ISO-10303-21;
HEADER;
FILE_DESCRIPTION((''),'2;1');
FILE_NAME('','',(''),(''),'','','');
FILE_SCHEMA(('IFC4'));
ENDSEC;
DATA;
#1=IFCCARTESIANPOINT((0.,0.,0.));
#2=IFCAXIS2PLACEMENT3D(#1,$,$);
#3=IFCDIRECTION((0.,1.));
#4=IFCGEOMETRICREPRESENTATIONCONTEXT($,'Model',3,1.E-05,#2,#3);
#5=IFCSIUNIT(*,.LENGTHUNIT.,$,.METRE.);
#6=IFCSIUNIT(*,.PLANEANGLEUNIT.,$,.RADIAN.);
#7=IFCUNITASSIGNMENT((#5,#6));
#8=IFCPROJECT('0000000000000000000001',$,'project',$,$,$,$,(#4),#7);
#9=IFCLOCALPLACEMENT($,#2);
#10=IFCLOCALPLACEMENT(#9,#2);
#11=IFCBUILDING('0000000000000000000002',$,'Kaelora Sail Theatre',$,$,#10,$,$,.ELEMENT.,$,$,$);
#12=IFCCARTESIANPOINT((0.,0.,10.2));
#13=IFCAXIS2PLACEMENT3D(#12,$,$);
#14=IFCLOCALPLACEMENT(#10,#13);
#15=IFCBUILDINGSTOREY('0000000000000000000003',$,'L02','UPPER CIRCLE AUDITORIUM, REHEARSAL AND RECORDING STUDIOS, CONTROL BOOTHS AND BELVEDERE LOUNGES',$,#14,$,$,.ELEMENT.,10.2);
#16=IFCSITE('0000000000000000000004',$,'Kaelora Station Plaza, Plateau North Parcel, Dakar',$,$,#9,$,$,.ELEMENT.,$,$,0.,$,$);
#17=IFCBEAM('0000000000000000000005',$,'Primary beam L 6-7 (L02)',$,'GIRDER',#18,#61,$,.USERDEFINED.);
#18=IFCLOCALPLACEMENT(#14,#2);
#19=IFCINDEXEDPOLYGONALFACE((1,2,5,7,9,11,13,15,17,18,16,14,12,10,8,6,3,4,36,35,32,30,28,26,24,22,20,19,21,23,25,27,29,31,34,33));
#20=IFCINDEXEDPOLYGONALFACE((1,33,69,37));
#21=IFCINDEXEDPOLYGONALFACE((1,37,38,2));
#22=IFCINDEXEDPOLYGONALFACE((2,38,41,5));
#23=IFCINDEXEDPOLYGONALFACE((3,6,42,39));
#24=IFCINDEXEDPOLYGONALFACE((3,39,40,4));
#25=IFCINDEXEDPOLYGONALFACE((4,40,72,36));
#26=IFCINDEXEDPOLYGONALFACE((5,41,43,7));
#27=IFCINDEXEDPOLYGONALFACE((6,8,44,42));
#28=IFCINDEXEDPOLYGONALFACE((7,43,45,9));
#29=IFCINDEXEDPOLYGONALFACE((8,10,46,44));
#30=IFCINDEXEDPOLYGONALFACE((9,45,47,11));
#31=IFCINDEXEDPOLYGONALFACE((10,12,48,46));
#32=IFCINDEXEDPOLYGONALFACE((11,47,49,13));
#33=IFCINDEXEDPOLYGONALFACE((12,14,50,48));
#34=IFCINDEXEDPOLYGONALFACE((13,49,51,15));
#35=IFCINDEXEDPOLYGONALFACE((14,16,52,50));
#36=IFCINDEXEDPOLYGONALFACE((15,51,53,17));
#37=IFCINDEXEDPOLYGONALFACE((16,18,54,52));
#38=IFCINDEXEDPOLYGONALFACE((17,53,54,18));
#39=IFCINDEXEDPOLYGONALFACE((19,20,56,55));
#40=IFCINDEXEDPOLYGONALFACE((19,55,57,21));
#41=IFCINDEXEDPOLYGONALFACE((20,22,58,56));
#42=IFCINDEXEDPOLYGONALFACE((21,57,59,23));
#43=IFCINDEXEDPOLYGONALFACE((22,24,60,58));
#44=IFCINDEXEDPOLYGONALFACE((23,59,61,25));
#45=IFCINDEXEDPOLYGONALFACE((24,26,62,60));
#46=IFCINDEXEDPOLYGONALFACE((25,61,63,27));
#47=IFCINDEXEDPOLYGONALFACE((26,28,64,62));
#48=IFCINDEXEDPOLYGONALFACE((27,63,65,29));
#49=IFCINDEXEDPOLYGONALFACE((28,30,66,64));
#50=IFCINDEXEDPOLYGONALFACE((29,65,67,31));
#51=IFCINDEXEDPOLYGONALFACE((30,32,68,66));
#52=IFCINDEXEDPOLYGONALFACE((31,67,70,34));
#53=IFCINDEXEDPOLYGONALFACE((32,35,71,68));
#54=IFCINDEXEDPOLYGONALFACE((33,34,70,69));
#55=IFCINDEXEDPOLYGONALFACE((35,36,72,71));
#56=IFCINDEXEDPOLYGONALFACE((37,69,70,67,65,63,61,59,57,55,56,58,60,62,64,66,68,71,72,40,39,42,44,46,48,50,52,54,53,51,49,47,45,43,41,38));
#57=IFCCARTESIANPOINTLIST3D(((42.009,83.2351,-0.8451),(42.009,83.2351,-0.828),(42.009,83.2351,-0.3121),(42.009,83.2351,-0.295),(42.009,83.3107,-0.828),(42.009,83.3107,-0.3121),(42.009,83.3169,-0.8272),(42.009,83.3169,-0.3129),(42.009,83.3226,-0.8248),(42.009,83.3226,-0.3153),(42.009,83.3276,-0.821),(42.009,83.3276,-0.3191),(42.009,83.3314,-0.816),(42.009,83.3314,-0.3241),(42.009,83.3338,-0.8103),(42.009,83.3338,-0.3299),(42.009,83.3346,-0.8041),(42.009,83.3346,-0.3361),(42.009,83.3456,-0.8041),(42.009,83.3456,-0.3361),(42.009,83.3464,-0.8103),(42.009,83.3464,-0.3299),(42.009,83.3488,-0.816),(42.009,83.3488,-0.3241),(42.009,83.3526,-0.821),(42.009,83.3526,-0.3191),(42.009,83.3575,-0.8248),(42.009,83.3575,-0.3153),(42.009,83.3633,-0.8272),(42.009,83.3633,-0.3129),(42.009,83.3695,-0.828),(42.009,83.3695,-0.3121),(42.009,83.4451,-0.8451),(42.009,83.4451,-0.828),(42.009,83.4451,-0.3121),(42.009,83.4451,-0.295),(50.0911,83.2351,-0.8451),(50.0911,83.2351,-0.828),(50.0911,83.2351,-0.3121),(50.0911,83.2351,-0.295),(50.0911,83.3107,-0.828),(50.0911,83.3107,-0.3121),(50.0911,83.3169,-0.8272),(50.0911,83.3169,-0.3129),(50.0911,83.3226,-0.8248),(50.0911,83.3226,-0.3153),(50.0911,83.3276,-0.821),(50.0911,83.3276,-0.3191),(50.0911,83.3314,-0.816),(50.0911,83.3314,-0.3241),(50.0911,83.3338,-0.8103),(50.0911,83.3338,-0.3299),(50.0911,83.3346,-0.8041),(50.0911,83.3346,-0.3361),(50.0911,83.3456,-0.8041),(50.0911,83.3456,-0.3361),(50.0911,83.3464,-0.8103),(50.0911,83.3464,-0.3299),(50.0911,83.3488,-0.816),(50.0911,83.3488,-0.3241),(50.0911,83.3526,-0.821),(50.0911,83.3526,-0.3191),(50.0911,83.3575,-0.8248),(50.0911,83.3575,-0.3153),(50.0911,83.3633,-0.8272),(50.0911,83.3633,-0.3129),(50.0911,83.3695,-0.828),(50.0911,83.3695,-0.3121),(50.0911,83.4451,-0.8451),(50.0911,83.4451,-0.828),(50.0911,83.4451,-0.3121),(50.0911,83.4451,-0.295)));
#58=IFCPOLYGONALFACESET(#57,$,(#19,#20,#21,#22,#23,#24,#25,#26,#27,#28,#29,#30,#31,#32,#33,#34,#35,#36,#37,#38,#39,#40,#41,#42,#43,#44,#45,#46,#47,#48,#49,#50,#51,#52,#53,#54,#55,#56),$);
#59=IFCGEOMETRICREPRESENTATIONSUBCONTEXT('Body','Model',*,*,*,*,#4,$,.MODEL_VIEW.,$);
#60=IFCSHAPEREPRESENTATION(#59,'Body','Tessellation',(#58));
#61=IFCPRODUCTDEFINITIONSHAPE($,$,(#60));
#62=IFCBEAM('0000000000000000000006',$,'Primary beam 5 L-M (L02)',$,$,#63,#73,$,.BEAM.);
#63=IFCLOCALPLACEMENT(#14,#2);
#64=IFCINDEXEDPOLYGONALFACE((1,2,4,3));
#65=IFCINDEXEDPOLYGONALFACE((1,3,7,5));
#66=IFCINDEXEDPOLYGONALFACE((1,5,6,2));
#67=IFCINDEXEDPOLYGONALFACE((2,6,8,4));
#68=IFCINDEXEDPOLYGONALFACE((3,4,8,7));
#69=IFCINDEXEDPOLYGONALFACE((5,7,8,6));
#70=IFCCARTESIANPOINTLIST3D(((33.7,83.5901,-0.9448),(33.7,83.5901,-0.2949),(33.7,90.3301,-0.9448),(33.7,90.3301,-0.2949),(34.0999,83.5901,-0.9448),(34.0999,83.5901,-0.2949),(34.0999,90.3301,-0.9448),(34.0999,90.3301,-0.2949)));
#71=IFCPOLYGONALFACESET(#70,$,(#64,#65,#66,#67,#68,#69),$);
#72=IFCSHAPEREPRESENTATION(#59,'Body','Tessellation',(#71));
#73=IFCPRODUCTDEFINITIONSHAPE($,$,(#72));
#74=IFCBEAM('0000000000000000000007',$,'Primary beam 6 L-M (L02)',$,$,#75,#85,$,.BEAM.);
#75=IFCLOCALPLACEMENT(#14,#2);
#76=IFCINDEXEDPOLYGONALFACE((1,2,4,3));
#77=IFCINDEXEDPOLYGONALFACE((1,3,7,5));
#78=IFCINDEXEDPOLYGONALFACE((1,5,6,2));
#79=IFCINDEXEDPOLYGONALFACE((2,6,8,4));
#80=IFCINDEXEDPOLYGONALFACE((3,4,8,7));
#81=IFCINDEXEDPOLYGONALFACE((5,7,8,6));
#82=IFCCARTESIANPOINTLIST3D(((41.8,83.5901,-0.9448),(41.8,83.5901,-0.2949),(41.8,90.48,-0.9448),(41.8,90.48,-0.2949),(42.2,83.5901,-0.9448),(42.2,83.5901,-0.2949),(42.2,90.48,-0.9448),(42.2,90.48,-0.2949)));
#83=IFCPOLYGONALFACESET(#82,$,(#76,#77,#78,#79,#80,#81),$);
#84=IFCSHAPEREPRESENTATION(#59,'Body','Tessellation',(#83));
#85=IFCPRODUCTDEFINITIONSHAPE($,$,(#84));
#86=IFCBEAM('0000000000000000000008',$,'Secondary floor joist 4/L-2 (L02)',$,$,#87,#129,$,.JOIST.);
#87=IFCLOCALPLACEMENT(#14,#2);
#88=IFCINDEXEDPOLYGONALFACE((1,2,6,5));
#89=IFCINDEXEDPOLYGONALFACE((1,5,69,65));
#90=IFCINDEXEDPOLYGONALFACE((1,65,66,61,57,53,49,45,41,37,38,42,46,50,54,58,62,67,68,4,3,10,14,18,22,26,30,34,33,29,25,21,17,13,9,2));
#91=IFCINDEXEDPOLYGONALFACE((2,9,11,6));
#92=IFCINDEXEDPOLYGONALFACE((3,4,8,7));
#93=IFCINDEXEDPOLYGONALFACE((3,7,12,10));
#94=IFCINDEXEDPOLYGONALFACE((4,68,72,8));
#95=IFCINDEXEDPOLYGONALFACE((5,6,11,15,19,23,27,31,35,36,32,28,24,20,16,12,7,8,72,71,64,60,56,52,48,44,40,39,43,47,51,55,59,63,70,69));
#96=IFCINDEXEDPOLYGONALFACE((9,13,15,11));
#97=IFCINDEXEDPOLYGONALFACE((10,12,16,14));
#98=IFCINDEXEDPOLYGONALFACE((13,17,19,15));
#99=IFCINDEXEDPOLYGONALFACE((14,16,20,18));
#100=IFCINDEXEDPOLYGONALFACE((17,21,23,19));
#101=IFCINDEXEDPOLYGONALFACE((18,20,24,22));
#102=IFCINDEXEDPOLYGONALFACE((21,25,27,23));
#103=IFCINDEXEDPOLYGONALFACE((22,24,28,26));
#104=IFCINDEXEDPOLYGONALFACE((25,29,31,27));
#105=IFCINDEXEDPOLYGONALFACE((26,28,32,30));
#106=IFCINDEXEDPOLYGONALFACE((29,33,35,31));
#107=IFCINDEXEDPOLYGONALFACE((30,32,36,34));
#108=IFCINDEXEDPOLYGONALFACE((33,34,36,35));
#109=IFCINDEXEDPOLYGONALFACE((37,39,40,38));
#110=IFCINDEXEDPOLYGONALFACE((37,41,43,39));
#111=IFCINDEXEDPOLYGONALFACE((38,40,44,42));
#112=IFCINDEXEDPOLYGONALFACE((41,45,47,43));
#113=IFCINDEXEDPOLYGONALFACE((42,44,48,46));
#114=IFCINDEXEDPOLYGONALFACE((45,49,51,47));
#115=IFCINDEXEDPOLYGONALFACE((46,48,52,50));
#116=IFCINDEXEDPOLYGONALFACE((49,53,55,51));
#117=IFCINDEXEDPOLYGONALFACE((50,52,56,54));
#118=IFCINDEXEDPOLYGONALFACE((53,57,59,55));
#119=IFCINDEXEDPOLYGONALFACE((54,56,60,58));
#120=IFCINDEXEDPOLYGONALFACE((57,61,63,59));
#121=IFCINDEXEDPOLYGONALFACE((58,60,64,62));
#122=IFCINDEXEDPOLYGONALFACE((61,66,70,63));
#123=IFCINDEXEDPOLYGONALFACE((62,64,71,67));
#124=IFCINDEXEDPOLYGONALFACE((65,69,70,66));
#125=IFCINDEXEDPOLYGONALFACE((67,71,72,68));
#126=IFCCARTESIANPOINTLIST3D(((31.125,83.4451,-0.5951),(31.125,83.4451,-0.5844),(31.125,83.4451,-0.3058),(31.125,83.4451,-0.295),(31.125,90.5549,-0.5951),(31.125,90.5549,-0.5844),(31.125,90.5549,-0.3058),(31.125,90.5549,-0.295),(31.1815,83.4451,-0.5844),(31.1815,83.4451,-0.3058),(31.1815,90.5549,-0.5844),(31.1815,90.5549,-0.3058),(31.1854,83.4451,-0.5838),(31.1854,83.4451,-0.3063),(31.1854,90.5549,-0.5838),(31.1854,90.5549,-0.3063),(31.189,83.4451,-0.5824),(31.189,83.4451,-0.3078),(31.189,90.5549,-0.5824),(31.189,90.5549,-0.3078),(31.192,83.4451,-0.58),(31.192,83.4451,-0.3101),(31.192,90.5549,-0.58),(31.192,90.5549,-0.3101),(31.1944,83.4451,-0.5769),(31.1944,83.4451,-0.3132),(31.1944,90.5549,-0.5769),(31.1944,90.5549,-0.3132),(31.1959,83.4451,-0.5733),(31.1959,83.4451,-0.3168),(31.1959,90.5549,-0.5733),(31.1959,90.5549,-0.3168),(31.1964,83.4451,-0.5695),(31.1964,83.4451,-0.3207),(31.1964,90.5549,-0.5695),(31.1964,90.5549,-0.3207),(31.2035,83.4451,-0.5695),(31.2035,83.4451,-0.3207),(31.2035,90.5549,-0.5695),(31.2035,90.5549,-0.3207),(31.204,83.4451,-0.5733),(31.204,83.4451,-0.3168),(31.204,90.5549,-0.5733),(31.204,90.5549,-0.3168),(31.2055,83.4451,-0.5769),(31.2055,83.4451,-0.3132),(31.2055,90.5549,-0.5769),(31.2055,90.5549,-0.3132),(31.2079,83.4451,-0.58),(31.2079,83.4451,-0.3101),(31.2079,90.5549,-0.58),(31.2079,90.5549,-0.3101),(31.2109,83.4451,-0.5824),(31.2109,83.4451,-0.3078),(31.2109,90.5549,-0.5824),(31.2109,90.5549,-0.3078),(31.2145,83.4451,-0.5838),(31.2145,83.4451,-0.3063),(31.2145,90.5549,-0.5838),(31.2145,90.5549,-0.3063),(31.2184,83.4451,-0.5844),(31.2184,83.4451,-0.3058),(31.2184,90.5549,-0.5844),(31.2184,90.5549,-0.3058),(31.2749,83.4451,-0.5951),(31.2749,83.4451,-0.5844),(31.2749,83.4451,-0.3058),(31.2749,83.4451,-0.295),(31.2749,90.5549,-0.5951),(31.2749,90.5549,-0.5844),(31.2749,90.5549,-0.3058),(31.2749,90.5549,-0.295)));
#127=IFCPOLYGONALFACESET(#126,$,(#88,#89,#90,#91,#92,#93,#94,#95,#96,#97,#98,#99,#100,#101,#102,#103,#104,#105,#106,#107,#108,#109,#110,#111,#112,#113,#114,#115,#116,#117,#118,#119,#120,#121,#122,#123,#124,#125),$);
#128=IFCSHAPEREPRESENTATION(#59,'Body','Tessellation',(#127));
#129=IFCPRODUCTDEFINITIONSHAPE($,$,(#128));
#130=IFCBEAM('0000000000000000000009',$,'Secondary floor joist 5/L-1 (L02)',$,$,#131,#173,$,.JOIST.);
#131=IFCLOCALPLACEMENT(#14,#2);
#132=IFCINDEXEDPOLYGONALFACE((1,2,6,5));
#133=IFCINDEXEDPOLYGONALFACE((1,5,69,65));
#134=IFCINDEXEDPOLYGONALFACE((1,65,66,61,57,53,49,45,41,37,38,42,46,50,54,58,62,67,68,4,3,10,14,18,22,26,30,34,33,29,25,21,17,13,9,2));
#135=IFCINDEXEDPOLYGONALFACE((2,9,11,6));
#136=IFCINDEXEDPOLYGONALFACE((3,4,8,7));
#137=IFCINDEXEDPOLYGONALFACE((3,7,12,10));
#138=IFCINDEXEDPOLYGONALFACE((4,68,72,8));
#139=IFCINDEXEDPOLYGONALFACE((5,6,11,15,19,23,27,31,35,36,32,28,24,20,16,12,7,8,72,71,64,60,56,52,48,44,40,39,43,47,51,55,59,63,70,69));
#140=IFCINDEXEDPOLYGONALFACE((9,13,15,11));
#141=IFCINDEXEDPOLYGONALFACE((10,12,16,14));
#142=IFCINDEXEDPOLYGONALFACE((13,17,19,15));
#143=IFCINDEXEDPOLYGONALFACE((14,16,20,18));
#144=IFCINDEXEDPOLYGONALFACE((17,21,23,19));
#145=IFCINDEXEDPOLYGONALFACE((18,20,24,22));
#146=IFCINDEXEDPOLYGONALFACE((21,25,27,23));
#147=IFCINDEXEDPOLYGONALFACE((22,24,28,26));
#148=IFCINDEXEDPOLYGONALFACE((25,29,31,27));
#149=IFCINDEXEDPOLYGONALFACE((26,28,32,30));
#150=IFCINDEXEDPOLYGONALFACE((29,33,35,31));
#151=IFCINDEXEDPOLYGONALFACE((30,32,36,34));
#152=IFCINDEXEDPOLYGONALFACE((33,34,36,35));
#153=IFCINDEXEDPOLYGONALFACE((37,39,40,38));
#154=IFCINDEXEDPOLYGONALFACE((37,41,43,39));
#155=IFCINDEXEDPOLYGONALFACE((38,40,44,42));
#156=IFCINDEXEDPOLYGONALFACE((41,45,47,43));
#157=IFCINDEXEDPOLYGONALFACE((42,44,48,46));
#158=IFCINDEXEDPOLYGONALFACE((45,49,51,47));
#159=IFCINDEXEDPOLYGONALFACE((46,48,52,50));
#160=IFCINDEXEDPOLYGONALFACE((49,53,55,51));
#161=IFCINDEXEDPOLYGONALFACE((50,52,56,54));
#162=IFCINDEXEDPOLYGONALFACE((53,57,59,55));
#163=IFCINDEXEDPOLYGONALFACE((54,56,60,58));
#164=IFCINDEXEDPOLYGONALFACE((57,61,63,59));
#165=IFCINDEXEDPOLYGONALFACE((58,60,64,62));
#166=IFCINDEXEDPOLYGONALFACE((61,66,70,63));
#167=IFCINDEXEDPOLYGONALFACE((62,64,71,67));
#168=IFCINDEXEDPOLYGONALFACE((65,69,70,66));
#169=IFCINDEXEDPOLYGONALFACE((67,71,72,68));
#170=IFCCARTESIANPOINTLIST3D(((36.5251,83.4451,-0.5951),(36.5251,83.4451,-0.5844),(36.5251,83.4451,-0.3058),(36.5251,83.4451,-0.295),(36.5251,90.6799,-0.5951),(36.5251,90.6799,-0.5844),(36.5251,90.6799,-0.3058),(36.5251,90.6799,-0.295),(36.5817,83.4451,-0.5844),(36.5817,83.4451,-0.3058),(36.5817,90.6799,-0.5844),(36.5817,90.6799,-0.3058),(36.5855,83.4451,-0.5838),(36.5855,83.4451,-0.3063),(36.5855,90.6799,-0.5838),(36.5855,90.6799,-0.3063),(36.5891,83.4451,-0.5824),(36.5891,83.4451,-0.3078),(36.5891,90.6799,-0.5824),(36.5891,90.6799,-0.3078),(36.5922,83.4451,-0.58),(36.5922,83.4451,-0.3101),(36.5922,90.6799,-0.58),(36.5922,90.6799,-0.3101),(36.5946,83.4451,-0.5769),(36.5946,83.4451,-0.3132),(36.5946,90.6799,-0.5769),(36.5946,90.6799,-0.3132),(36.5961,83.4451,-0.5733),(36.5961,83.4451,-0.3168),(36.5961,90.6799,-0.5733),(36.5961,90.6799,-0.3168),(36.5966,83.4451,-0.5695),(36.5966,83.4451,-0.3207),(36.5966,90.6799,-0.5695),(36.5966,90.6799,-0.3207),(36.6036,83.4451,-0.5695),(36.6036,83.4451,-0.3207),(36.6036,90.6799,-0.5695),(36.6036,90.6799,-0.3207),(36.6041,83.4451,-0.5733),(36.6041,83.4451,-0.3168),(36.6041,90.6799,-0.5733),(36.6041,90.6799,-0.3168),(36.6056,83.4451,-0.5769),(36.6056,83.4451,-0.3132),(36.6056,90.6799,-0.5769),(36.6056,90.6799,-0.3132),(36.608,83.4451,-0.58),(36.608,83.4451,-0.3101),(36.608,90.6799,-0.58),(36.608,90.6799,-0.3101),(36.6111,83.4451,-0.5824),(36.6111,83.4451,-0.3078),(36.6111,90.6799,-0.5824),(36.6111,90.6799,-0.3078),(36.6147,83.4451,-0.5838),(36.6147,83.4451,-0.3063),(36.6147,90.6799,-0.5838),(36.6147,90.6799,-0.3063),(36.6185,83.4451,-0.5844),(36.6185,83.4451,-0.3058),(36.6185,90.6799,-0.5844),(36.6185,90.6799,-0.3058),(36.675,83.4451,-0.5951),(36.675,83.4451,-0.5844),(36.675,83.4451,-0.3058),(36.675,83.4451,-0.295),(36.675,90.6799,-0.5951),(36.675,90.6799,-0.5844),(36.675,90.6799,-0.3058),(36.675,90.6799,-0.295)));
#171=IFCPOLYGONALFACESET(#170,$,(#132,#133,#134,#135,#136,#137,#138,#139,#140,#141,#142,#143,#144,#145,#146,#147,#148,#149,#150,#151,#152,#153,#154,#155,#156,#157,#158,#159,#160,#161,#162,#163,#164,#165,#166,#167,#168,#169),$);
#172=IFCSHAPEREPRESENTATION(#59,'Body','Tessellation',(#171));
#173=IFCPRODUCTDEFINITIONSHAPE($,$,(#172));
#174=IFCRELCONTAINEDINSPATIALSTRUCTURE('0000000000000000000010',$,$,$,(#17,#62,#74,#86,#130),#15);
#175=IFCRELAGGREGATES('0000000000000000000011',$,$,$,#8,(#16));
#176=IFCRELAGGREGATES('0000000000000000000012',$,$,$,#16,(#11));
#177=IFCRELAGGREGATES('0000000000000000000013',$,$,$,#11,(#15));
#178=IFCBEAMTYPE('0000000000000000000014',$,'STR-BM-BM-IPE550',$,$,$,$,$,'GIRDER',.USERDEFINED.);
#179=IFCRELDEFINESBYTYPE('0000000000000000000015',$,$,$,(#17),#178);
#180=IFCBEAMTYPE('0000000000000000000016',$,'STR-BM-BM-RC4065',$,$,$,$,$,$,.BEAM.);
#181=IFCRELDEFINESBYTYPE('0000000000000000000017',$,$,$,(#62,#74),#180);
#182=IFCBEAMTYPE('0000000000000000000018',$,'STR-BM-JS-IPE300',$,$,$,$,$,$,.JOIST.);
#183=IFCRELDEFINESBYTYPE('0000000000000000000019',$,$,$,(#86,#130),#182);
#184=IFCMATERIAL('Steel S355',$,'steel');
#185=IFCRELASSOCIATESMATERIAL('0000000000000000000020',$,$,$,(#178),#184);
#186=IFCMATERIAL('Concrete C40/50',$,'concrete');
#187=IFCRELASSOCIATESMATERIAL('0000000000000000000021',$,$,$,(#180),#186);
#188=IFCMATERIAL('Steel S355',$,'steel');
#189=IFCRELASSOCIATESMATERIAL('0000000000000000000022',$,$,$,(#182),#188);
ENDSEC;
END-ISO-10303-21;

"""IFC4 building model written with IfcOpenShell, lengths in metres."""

from ifc_helpers import new_model, si_unit, direction, frame, origin, origin_2d, place, context, subcontext, project, spatial, rectangle, i_section, extrude, material, material_profile, profile_set, type_object, element, save


model = new_model("IFC4")

# Units and contexts
model_context = context("Model", 3, precision=1e-05, world=origin(), true_north=direction((0.0, 1.0)))
body_context = subcontext(model_context, "Body", "Model", "MODEL_VIEW")
ifc_project = project(units=[si_unit("LENGTHUNIT", "METRE"), si_unit("PLANEANGLEUNIT", "RADIAN")], contexts=[model_context])

# Site, building, storey
site_placement = place(None, origin())
site = spatial("IfcSite", under=ifc_project, at=site_placement, Name="Kaelora Station Plaza, Plateau North Parcel, Dakar", CompositionType="ELEMENT", RefElevation=0.0)
building_placement = place(site_placement, origin())
building = spatial("IfcBuilding", under=site, at=building_placement, Name="Kaelora Sail Theatre", CompositionType="ELEMENT")
storey_placement = place(building_placement, frame((0.0, 0.0, 10.2)))
storey = spatial("IfcBuildingStorey", under=building, at=storey_placement, Name="L02", Description="UPPER CIRCLE AUDITORIUM, REHEARSAL AND RECORDING STUDIOS, CONTROL BOOTHS AND BELVEDERE LOUNGES", CompositionType="ELEMENT", Elevation=10.2)

# Beams
ifc_material_1 = material(Name="Steel S355", Category="steel")
ifc_material_profile_1 = material_profile(ifc_material_1, i_section(OverallWidth=0.21, OverallDepth=0.55, WebThickness=0.011, FlangeThickness=0.0171, FilletRadius=0.0239, at=origin_2d()), Name="IPE 550")
ifc_profile_set_1 = profile_set([ifc_material_profile_1], Name="Steel S355")
beam_type_1 = type_object("IfcBeamType", Name="STR-BM-BM-IPE550", ElementType="GIRDER", PredefinedType="USERDEFINED", material=ifc_profile_set_1)
for number, where, z_axis, x_axis, name in (
    (1, (42.009, 83.3401, -0.5701), (1.0, 0.0, 0.0), (0.0, 1.0, 0.0), "Primary beam L 6-7 (L02)"),
):
    element("IfcBeam", number, at=place(storey_placement, frame(where, z_axis=z_axis, x_axis=x_axis)), inside=storey, type_object=beam_type_1, Name=name, ObjectType="GIRDER", PredefinedType="USERDEFINED", context=body_context, shape_type="SweptSolid", body=[
        extrude(i_section(OverallWidth=0.21, OverallDepth=0.55, WebThickness=0.011, FlangeThickness=0.0171, FilletRadius=0.0239, at=origin_2d()), origin(), (0.0, 0.0, 1.0), 8.082),
    ])
ifc_material_2 = material(Name="Concrete C40/50", Category="concrete")
ifc_material_profile_2 = material_profile(ifc_material_2, rectangle(XDim=0.3999, YDim=0.6499, at=origin_2d()), Name="RC-BM 400x650")
ifc_profile_set_2 = profile_set([ifc_material_profile_2], Name="Concrete C40/50")
beam_type_2 = type_object("IfcBeamType", Name="STR-BM-BM-RC4065", PredefinedType="BEAM", material=ifc_profile_set_2)
beam_1_placement = place(storey_placement, frame((33.8999, 83.5901, -0.6199), z_axis=(0.0, 1.0, 0.0), x_axis=(-1.0, 0.0, 0.0)))
element("IfcBeam", 2, at=beam_1_placement, inside=storey, type_object=beam_type_2, Name="Primary beam 5 L-M (L02)", PredefinedType="BEAM", context=body_context, shape_type="SweptSolid", body=[
    extrude(rectangle(XDim=0.3999, YDim=0.6499, at=origin_2d()), origin(), (0.0, 0.0, 1.0), 6.74),
])
beam_2_placement = place(storey_placement, frame((42.0, 83.5901, -0.6199), z_axis=(0.0, 1.0, 0.0), x_axis=(-1.0, 0.0, 0.0)))
element("IfcBeam", 3, at=beam_2_placement, inside=storey, type_object=beam_type_2, Name="Primary beam 6 L-M (L02)", PredefinedType="BEAM", context=body_context, shape_type="SweptSolid", body=[
    extrude(rectangle(XDim=0.3999, YDim=0.6499, at=origin_2d()), origin(), (0.0, 0.0, 1.0), 6.8899),
])
ifc_material_3 = material(Name="Steel S355", Category="steel")
ifc_material_profile_3 = material_profile(ifc_material_3, i_section(OverallWidth=0.1499, OverallDepth=0.3, WebThickness=0.0071, FlangeThickness=0.0107, FilletRadius=0.0149, at=origin_2d()), Name="IPE 300")
ifc_profile_set_3 = profile_set([ifc_material_profile_3], Name="Steel S355")
beam_type_3 = type_object("IfcBeamType", Name="STR-BM-JS-IPE300", PredefinedType="JOIST", material=ifc_profile_set_3)
beam_3_placement = place(storey_placement, frame((31.2, 83.4451, -0.4451), z_axis=(0.0, 1.0, 0.0), x_axis=(-1.0, 0.0, 0.0)))
element("IfcBeam", 4, at=beam_3_placement, inside=storey, type_object=beam_type_3, Name="Secondary floor joist 4/L-2 (L02)", PredefinedType="JOIST", context=body_context, shape_type="SweptSolid", body=[
    extrude(i_section(OverallWidth=0.1499, OverallDepth=0.3, WebThickness=0.0071, FlangeThickness=0.0107, FilletRadius=0.0149, at=origin_2d()), origin(), (0.0, 0.0, 1.0), 7.1099),
])
beam_4_placement = place(storey_placement, frame((36.6001, 83.4451, -0.4451), z_axis=(0.0, 1.0, 0.0), x_axis=(-1.0, 0.0, 0.0)))
element("IfcBeam", 5, at=beam_4_placement, inside=storey, type_object=beam_type_3, Name="Secondary floor joist 5/L-1 (L02)", PredefinedType="JOIST", context=body_context, shape_type="SweptSolid", body=[
    extrude(i_section(OverallWidth=0.1499, OverallDepth=0.3, WebThickness=0.0071, FlangeThickness=0.0107, FilletRadius=0.0149, at=origin_2d()), origin(), (0.0, 0.0, 1.0), 7.2349),
])

save(model, "model.ifc")
